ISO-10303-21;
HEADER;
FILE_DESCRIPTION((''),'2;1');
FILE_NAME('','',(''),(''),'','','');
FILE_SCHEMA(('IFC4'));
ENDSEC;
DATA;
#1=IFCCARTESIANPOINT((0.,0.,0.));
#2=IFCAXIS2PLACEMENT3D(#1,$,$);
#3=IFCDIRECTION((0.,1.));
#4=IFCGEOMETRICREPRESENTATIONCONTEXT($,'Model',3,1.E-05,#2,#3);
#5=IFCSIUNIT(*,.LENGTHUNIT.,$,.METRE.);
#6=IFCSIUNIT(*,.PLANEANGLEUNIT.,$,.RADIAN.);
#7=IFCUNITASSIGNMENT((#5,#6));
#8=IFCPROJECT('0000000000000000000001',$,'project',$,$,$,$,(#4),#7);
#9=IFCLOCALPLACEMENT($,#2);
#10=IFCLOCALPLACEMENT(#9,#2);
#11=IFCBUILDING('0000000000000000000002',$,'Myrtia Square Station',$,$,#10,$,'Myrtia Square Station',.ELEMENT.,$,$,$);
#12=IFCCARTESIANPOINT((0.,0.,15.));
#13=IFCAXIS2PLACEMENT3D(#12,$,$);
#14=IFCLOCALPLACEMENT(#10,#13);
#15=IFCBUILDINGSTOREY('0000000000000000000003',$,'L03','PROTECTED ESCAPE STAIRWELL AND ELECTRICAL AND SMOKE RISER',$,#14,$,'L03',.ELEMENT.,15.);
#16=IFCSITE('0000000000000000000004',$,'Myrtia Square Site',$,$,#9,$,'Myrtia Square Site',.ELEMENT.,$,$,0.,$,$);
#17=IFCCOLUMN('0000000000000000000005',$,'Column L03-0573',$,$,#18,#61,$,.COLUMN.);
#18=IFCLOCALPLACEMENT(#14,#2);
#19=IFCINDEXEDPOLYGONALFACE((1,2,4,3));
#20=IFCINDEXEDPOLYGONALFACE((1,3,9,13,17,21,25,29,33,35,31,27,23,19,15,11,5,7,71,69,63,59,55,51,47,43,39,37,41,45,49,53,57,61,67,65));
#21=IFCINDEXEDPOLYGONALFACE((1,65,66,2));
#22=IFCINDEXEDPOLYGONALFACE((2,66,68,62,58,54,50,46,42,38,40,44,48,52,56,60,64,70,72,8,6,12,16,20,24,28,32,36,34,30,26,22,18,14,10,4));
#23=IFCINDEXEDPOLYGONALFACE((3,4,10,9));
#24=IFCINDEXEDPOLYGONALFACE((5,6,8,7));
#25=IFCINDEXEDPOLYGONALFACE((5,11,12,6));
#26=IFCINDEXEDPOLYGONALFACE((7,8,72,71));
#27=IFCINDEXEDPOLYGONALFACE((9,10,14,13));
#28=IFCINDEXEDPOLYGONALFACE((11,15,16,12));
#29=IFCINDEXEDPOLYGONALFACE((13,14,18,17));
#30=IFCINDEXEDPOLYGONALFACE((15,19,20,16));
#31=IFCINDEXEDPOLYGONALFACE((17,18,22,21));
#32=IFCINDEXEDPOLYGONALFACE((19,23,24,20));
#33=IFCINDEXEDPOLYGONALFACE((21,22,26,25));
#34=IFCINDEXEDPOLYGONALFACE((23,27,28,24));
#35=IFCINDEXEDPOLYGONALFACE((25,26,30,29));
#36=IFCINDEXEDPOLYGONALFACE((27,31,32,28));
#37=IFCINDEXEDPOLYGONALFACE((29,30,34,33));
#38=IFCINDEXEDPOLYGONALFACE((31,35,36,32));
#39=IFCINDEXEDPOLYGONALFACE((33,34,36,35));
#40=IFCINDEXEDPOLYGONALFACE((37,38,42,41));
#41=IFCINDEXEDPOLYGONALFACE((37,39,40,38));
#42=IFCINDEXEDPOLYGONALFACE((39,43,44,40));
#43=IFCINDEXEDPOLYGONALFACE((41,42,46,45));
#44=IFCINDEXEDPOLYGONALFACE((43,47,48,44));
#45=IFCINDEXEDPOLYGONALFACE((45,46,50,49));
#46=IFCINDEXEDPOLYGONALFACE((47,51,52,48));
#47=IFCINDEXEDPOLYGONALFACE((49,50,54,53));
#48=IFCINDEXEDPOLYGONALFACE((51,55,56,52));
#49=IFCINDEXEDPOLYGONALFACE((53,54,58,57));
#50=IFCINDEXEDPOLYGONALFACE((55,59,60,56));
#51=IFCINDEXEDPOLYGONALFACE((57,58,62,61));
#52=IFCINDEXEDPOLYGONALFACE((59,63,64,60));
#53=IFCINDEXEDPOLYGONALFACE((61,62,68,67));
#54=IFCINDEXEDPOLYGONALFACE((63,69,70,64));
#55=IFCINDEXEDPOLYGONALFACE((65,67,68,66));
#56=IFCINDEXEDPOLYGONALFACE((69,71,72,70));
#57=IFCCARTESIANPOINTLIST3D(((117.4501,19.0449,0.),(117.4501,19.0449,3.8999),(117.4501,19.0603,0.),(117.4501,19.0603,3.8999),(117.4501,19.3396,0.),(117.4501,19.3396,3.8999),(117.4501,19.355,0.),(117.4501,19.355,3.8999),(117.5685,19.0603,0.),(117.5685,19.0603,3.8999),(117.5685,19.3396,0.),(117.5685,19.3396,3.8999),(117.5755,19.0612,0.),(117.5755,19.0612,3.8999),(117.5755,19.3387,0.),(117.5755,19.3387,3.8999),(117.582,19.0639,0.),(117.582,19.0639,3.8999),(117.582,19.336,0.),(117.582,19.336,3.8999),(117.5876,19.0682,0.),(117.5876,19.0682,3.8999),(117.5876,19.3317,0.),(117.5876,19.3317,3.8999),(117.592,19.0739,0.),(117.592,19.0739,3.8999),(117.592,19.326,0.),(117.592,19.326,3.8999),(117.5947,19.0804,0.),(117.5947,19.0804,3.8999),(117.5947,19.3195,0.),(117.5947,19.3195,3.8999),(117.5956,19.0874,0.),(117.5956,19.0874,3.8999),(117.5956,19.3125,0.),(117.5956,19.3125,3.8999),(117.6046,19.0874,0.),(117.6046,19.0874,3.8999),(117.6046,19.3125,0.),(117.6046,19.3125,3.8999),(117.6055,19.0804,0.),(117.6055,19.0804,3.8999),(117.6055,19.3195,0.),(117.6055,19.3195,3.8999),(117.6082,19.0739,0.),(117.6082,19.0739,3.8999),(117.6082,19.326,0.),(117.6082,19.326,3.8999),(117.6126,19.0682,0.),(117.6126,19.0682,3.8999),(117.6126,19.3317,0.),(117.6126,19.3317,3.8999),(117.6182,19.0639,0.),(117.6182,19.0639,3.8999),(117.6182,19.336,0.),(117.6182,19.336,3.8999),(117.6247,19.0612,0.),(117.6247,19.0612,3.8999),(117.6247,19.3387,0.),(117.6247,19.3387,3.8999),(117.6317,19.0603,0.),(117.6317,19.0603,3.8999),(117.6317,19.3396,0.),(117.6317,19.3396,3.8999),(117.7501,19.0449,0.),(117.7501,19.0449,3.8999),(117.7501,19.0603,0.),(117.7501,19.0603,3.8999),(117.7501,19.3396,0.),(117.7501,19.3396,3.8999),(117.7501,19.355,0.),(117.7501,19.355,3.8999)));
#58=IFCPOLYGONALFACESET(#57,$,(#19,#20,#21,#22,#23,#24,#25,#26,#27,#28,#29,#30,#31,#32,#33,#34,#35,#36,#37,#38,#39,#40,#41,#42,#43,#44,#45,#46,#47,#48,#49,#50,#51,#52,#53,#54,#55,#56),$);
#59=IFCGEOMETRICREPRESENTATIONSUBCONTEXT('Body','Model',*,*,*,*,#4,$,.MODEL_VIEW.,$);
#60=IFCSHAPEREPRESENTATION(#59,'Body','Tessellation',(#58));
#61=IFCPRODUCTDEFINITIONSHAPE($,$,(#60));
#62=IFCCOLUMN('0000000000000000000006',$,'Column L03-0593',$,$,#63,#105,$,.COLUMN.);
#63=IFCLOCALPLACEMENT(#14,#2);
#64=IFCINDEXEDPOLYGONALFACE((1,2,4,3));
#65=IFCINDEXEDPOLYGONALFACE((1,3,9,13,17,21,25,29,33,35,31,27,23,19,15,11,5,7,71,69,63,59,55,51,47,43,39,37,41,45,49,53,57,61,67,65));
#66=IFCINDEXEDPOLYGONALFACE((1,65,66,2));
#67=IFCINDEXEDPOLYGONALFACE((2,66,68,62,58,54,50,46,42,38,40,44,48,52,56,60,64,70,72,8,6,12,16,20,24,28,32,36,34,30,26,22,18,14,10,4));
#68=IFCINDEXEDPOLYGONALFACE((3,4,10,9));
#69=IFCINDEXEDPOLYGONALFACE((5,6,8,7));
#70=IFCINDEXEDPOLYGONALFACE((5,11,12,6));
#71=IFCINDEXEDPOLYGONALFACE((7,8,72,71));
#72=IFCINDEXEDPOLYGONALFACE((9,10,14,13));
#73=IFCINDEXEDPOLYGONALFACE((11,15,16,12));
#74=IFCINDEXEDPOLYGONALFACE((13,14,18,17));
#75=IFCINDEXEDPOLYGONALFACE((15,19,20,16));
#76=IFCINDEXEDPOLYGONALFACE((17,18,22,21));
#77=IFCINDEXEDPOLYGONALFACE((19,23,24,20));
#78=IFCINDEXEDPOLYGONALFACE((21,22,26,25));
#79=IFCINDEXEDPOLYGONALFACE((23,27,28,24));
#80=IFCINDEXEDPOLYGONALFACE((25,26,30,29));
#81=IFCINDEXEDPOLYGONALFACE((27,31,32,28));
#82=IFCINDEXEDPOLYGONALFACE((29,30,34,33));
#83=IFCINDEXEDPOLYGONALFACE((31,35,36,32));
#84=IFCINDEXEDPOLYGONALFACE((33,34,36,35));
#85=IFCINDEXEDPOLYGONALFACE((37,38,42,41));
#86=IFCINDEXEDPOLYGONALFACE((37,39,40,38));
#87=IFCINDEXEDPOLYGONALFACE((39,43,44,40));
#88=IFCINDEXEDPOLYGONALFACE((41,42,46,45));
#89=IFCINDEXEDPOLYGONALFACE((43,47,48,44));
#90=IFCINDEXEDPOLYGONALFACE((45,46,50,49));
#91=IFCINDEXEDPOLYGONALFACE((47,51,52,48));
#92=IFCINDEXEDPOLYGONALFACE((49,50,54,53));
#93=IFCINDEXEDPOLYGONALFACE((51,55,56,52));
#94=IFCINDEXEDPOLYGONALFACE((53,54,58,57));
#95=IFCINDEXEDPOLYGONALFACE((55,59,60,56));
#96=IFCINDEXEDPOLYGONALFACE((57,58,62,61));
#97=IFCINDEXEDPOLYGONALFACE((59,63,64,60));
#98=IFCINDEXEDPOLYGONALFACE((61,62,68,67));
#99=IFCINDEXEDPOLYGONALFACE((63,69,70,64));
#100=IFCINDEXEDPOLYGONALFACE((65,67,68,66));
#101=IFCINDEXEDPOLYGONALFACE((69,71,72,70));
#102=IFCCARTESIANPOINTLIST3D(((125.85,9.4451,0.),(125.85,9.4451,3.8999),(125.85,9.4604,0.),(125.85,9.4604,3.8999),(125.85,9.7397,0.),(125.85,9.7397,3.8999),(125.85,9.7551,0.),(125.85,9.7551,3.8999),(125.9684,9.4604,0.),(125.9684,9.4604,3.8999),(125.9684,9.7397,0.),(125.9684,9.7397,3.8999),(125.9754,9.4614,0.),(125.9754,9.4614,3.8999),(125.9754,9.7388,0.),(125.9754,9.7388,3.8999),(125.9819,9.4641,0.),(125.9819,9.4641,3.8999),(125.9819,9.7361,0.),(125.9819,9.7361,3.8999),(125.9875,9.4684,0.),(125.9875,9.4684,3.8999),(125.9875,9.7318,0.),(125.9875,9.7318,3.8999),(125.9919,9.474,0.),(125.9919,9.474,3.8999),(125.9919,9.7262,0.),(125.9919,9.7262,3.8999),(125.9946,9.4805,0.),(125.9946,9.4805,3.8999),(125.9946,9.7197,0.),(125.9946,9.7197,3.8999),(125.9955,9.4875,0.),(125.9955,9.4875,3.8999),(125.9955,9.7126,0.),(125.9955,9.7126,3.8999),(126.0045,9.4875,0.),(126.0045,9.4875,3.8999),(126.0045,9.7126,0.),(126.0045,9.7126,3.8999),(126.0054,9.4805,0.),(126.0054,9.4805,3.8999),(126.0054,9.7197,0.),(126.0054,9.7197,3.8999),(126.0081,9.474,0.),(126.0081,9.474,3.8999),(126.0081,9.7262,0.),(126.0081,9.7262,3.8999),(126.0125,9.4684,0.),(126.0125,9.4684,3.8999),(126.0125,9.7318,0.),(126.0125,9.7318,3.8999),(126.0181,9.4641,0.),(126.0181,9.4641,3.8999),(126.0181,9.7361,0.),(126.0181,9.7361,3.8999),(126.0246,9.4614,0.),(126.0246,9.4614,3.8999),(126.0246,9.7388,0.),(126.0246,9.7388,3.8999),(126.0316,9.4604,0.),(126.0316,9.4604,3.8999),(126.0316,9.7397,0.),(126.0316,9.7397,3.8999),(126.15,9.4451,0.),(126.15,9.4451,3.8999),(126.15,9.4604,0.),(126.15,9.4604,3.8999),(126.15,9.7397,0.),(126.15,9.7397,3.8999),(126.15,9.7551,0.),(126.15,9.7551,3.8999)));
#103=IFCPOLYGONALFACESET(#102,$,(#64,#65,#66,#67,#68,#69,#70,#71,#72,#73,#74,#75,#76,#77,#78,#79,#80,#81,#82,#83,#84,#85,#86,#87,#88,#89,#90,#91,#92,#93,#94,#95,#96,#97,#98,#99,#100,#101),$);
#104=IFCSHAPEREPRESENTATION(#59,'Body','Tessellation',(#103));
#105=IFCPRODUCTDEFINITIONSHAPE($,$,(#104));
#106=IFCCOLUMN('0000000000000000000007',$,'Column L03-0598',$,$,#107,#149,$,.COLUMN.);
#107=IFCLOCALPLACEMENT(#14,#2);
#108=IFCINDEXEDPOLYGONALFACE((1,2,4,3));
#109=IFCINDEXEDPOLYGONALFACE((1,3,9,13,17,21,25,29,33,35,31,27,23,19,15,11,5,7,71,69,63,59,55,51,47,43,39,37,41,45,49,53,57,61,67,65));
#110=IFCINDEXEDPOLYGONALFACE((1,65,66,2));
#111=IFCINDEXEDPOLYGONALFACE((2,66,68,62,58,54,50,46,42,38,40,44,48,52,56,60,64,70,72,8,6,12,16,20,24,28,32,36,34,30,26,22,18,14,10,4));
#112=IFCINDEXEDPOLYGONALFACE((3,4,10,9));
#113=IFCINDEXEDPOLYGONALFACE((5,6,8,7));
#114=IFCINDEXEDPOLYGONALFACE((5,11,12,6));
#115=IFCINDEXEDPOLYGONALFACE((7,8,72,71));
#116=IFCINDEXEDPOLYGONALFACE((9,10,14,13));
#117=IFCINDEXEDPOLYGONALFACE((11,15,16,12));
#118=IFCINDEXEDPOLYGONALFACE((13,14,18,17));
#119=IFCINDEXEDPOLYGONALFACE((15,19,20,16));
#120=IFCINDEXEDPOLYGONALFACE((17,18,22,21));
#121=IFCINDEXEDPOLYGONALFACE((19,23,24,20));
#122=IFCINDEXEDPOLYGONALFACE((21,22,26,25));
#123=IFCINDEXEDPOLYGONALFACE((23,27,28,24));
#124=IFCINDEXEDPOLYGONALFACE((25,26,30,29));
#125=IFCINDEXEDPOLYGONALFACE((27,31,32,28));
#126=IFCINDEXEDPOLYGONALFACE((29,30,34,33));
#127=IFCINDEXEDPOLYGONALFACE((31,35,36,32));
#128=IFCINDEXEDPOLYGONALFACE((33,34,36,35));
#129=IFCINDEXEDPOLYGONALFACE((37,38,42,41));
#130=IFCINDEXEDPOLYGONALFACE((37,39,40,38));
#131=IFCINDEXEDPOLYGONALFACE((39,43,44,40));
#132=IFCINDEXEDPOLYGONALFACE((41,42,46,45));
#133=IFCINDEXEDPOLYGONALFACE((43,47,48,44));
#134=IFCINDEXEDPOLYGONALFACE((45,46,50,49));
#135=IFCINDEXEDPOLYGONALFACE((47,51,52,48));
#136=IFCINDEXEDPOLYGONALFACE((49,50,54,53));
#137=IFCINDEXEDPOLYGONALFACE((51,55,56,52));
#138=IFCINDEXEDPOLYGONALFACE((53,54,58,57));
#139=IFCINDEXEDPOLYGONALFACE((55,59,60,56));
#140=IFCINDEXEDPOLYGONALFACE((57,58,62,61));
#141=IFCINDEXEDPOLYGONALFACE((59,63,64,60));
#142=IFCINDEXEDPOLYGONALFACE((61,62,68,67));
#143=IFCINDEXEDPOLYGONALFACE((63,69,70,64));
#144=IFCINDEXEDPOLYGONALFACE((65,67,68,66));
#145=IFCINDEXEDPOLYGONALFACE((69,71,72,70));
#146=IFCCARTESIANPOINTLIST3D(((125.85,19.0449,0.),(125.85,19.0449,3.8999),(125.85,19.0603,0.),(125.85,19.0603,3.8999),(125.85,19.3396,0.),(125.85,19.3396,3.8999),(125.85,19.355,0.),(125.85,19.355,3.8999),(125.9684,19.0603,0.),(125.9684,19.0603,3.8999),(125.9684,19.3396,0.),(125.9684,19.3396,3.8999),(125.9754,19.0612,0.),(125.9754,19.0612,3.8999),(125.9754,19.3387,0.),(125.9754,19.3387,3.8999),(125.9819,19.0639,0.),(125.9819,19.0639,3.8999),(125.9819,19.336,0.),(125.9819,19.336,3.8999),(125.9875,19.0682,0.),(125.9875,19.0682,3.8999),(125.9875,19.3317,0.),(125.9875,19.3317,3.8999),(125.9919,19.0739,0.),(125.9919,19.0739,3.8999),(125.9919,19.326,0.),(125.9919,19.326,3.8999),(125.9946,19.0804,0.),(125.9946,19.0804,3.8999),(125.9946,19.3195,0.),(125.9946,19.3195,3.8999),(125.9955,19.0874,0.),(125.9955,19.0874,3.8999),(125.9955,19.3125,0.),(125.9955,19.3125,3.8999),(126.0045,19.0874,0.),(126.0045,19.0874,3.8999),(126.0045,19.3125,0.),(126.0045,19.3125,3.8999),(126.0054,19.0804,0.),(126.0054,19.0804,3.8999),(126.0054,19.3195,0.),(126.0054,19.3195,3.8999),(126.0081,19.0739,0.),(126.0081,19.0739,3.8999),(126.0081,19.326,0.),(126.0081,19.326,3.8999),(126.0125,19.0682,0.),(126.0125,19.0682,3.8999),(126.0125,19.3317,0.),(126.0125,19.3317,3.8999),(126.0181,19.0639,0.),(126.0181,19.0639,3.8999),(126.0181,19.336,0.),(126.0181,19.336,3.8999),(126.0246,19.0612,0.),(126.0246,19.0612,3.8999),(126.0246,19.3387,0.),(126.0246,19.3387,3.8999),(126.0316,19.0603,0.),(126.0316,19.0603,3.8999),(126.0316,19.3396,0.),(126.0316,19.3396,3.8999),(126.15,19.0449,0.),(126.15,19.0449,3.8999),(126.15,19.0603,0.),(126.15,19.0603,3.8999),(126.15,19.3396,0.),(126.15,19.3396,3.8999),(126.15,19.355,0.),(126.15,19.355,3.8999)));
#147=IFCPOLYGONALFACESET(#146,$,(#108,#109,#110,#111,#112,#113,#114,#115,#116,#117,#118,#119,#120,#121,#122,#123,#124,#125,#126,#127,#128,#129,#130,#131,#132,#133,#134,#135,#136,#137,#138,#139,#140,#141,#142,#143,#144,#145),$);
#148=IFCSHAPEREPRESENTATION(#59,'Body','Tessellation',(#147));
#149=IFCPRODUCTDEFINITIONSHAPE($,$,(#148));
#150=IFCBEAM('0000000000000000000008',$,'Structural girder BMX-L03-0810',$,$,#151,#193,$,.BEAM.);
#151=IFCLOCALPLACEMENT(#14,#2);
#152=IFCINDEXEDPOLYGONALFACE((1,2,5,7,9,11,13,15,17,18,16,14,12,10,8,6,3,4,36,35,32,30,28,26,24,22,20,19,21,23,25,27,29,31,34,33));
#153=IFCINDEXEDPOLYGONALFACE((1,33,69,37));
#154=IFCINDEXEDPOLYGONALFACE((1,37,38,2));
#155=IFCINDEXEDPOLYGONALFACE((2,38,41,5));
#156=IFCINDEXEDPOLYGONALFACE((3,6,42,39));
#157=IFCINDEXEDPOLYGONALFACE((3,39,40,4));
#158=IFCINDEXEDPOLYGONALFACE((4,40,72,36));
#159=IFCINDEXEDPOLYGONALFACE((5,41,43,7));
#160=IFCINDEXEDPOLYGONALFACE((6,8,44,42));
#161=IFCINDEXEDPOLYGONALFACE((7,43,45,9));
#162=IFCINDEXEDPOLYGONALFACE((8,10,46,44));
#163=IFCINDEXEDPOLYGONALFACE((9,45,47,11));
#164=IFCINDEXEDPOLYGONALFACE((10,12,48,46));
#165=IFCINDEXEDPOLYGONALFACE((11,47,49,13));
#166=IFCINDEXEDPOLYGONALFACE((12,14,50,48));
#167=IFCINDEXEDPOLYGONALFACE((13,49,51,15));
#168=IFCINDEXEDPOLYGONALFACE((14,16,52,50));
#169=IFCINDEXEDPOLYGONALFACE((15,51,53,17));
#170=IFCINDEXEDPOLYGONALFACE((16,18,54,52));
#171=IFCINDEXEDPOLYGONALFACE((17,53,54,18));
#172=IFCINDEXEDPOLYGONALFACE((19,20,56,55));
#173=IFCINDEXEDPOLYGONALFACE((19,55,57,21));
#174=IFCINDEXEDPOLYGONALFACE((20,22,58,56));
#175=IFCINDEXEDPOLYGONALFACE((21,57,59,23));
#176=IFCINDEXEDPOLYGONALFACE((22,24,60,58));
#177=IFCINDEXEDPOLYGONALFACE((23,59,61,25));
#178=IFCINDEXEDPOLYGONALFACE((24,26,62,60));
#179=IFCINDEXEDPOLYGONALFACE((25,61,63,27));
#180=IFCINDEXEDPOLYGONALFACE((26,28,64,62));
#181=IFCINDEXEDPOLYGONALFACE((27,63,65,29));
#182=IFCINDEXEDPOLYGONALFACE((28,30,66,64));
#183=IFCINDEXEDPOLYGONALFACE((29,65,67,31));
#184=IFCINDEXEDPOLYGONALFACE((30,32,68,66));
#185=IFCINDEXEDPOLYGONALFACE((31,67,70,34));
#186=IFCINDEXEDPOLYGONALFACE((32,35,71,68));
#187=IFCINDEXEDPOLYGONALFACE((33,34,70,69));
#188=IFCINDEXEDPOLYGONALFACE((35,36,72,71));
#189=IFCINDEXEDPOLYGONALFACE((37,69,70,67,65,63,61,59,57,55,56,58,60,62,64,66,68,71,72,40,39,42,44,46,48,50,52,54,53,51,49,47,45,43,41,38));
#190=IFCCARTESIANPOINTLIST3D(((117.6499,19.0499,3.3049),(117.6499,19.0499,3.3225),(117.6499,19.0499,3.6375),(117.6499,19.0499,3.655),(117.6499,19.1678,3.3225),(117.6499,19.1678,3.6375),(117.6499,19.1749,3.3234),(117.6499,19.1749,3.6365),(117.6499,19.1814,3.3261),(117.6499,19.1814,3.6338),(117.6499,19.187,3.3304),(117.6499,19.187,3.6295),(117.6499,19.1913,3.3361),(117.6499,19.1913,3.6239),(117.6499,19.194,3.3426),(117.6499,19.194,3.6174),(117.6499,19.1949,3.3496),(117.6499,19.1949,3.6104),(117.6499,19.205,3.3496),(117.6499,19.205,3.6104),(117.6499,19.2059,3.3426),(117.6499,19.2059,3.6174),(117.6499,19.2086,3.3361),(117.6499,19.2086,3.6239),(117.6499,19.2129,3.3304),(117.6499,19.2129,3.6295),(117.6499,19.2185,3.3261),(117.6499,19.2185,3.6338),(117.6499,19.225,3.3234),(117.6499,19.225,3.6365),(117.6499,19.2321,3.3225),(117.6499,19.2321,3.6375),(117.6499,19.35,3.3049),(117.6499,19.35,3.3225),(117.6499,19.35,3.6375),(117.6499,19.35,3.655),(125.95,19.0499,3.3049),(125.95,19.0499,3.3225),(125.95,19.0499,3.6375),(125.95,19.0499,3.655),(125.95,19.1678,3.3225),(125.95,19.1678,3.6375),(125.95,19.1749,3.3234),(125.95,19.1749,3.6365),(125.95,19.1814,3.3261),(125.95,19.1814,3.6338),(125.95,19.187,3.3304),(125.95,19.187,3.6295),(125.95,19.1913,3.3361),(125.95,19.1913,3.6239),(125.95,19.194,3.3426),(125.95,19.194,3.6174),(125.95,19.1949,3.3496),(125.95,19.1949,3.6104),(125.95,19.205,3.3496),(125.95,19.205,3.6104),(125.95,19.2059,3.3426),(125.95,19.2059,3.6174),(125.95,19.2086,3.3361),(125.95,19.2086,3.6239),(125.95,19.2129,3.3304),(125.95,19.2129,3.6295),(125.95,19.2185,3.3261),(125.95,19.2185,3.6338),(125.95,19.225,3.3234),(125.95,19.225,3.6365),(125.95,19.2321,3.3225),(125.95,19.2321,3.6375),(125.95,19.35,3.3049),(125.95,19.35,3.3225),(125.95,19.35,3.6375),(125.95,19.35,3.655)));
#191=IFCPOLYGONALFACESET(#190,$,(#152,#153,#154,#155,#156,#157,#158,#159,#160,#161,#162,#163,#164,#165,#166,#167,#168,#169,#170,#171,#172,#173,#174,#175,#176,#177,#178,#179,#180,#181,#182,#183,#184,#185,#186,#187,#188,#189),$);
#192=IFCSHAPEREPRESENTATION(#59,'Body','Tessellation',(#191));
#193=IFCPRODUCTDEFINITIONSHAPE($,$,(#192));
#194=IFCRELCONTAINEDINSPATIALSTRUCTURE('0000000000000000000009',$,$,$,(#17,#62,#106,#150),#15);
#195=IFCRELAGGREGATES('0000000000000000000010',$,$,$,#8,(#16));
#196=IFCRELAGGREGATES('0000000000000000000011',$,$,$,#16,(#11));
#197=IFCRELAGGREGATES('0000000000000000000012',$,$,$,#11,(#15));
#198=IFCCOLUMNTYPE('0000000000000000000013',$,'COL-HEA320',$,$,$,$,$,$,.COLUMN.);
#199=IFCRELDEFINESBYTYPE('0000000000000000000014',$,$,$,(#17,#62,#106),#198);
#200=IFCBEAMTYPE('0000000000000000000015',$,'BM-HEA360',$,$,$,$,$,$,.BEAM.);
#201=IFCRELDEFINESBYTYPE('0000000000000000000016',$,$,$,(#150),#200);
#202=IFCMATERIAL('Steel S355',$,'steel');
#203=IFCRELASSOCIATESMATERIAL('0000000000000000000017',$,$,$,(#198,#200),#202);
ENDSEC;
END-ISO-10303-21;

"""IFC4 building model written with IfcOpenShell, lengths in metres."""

from ifc_helpers import new_model, si_unit, direction, frame, origin, origin_2d, place, context, subcontext, project, spatial, i_section, extrude, material, material_profile, profile_set, type_object, element, save


model = new_model("IFC4")

# Units and contexts
model_context = context("Model", 3, precision=1e-05, world=origin(), true_north=direction((0.0, 1.0)))
body_context = subcontext(model_context, "Body", "Model", "MODEL_VIEW")
ifc_project = project(units=[si_unit("LENGTHUNIT", "METRE"), si_unit("PLANEANGLEUNIT", "RADIAN")], contexts=[model_context])

# Site, building, storey
site_placement = place(None, origin())
site = spatial("IfcSite", under=ifc_project, at=site_placement, Name="Myrtia Square Site", LongName="Myrtia Square Site", CompositionType="ELEMENT", RefElevation=0.0)
building_placement = place(site_placement, origin())
building = spatial("IfcBuilding", under=site, at=building_placement, Name="Myrtia Square Station", LongName="Myrtia Square Station", CompositionType="ELEMENT")
storey_placement = place(building_placement, frame((0.0, 0.0, 15.0)))
storey = spatial("IfcBuildingStorey", under=building, at=storey_placement, Name="L03", Description="PROTECTED ESCAPE STAIRWELL AND ELECTRICAL AND SMOKE RISER", LongName="L03", CompositionType="ELEMENT", Elevation=15.0)

# Columns
ifc_material_1 = material(Name="Steel S355", Category="steel")
ifc_material_profile_1 = material_profile(ifc_material_1, i_section(OverallWidth=0.3, OverallDepth=0.3101, WebThickness=0.009, FlangeThickness=0.0154, FilletRadius=0.0271, at=origin_2d()), Name="HEA 320")
ifc_profile_set_1 = profile_set([ifc_material_profile_1], Name="Steel S355")
column_type = type_object("IfcColumnType", Name="COL-HEA320", PredefinedType="COLUMN", material=ifc_profile_set_1)
for number, where, z_axis, x_axis, name in (
    (1, (117.6001, 19.2, 0.0), (0.0, 0.0, 1.0), (1.0, 0.0, 0.0), "Column L03-0573"),
    (2, (126.0, 9.6001, 0.0), (0.0, 0.0, 1.0), (1.0, 0.0, 0.0), "Column L03-0593"),
    (3, (126.0, 19.2, 0.0), (0.0, 0.0, 1.0), (1.0, 0.0, 0.0), "Column L03-0598"),
):
    element("IfcColumn", number, at=place(storey_placement, frame(where, z_axis=z_axis, x_axis=x_axis)), inside=storey, type_object=column_type, Name=name, PredefinedType="COLUMN", context=body_context, shape_type="SweptSolid", body=[
        extrude(i_section(OverallWidth=0.3, OverallDepth=0.3101, WebThickness=0.009, FlangeThickness=0.0154, FilletRadius=0.0271, at=origin_2d()), origin(), (0.0, 0.0, 1.0), 3.8999),
    ])

# Beam
ifc_material_profile_2 = material_profile(ifc_material_1, i_section(OverallWidth=0.3, OverallDepth=0.3501, WebThickness=0.01, FlangeThickness=0.0176, FilletRadius=0.0271, at=origin_2d()), Name="HEA 360")
ifc_profile_set_2 = profile_set([ifc_material_profile_2], Name="Steel S355")
beam_type_1 = type_object("IfcBeamType", Name="BM-HEA360", PredefinedType="BEAM", material=ifc_profile_set_2)
beam_1_placement = place(storey_placement, frame((117.6499, 19.2, 3.48), z_axis=(1.0, 0.0, 0.0), x_axis=(0.0, 1.0, 0.0)))
element("IfcBeam", 4, at=beam_1_placement, inside=storey, type_object=beam_type_1, Name="Structural girder BMX-L03-0810", PredefinedType="BEAM", context=body_context, shape_type="SweptSolid", body=[
    extrude(i_section(OverallWidth=0.3, OverallDepth=0.3501, WebThickness=0.01, FlangeThickness=0.0176, FilletRadius=0.0271, at=origin_2d()), origin(), (0.0, 0.0, 1.0), 8.3),
])

save(model, "model.ifc")
